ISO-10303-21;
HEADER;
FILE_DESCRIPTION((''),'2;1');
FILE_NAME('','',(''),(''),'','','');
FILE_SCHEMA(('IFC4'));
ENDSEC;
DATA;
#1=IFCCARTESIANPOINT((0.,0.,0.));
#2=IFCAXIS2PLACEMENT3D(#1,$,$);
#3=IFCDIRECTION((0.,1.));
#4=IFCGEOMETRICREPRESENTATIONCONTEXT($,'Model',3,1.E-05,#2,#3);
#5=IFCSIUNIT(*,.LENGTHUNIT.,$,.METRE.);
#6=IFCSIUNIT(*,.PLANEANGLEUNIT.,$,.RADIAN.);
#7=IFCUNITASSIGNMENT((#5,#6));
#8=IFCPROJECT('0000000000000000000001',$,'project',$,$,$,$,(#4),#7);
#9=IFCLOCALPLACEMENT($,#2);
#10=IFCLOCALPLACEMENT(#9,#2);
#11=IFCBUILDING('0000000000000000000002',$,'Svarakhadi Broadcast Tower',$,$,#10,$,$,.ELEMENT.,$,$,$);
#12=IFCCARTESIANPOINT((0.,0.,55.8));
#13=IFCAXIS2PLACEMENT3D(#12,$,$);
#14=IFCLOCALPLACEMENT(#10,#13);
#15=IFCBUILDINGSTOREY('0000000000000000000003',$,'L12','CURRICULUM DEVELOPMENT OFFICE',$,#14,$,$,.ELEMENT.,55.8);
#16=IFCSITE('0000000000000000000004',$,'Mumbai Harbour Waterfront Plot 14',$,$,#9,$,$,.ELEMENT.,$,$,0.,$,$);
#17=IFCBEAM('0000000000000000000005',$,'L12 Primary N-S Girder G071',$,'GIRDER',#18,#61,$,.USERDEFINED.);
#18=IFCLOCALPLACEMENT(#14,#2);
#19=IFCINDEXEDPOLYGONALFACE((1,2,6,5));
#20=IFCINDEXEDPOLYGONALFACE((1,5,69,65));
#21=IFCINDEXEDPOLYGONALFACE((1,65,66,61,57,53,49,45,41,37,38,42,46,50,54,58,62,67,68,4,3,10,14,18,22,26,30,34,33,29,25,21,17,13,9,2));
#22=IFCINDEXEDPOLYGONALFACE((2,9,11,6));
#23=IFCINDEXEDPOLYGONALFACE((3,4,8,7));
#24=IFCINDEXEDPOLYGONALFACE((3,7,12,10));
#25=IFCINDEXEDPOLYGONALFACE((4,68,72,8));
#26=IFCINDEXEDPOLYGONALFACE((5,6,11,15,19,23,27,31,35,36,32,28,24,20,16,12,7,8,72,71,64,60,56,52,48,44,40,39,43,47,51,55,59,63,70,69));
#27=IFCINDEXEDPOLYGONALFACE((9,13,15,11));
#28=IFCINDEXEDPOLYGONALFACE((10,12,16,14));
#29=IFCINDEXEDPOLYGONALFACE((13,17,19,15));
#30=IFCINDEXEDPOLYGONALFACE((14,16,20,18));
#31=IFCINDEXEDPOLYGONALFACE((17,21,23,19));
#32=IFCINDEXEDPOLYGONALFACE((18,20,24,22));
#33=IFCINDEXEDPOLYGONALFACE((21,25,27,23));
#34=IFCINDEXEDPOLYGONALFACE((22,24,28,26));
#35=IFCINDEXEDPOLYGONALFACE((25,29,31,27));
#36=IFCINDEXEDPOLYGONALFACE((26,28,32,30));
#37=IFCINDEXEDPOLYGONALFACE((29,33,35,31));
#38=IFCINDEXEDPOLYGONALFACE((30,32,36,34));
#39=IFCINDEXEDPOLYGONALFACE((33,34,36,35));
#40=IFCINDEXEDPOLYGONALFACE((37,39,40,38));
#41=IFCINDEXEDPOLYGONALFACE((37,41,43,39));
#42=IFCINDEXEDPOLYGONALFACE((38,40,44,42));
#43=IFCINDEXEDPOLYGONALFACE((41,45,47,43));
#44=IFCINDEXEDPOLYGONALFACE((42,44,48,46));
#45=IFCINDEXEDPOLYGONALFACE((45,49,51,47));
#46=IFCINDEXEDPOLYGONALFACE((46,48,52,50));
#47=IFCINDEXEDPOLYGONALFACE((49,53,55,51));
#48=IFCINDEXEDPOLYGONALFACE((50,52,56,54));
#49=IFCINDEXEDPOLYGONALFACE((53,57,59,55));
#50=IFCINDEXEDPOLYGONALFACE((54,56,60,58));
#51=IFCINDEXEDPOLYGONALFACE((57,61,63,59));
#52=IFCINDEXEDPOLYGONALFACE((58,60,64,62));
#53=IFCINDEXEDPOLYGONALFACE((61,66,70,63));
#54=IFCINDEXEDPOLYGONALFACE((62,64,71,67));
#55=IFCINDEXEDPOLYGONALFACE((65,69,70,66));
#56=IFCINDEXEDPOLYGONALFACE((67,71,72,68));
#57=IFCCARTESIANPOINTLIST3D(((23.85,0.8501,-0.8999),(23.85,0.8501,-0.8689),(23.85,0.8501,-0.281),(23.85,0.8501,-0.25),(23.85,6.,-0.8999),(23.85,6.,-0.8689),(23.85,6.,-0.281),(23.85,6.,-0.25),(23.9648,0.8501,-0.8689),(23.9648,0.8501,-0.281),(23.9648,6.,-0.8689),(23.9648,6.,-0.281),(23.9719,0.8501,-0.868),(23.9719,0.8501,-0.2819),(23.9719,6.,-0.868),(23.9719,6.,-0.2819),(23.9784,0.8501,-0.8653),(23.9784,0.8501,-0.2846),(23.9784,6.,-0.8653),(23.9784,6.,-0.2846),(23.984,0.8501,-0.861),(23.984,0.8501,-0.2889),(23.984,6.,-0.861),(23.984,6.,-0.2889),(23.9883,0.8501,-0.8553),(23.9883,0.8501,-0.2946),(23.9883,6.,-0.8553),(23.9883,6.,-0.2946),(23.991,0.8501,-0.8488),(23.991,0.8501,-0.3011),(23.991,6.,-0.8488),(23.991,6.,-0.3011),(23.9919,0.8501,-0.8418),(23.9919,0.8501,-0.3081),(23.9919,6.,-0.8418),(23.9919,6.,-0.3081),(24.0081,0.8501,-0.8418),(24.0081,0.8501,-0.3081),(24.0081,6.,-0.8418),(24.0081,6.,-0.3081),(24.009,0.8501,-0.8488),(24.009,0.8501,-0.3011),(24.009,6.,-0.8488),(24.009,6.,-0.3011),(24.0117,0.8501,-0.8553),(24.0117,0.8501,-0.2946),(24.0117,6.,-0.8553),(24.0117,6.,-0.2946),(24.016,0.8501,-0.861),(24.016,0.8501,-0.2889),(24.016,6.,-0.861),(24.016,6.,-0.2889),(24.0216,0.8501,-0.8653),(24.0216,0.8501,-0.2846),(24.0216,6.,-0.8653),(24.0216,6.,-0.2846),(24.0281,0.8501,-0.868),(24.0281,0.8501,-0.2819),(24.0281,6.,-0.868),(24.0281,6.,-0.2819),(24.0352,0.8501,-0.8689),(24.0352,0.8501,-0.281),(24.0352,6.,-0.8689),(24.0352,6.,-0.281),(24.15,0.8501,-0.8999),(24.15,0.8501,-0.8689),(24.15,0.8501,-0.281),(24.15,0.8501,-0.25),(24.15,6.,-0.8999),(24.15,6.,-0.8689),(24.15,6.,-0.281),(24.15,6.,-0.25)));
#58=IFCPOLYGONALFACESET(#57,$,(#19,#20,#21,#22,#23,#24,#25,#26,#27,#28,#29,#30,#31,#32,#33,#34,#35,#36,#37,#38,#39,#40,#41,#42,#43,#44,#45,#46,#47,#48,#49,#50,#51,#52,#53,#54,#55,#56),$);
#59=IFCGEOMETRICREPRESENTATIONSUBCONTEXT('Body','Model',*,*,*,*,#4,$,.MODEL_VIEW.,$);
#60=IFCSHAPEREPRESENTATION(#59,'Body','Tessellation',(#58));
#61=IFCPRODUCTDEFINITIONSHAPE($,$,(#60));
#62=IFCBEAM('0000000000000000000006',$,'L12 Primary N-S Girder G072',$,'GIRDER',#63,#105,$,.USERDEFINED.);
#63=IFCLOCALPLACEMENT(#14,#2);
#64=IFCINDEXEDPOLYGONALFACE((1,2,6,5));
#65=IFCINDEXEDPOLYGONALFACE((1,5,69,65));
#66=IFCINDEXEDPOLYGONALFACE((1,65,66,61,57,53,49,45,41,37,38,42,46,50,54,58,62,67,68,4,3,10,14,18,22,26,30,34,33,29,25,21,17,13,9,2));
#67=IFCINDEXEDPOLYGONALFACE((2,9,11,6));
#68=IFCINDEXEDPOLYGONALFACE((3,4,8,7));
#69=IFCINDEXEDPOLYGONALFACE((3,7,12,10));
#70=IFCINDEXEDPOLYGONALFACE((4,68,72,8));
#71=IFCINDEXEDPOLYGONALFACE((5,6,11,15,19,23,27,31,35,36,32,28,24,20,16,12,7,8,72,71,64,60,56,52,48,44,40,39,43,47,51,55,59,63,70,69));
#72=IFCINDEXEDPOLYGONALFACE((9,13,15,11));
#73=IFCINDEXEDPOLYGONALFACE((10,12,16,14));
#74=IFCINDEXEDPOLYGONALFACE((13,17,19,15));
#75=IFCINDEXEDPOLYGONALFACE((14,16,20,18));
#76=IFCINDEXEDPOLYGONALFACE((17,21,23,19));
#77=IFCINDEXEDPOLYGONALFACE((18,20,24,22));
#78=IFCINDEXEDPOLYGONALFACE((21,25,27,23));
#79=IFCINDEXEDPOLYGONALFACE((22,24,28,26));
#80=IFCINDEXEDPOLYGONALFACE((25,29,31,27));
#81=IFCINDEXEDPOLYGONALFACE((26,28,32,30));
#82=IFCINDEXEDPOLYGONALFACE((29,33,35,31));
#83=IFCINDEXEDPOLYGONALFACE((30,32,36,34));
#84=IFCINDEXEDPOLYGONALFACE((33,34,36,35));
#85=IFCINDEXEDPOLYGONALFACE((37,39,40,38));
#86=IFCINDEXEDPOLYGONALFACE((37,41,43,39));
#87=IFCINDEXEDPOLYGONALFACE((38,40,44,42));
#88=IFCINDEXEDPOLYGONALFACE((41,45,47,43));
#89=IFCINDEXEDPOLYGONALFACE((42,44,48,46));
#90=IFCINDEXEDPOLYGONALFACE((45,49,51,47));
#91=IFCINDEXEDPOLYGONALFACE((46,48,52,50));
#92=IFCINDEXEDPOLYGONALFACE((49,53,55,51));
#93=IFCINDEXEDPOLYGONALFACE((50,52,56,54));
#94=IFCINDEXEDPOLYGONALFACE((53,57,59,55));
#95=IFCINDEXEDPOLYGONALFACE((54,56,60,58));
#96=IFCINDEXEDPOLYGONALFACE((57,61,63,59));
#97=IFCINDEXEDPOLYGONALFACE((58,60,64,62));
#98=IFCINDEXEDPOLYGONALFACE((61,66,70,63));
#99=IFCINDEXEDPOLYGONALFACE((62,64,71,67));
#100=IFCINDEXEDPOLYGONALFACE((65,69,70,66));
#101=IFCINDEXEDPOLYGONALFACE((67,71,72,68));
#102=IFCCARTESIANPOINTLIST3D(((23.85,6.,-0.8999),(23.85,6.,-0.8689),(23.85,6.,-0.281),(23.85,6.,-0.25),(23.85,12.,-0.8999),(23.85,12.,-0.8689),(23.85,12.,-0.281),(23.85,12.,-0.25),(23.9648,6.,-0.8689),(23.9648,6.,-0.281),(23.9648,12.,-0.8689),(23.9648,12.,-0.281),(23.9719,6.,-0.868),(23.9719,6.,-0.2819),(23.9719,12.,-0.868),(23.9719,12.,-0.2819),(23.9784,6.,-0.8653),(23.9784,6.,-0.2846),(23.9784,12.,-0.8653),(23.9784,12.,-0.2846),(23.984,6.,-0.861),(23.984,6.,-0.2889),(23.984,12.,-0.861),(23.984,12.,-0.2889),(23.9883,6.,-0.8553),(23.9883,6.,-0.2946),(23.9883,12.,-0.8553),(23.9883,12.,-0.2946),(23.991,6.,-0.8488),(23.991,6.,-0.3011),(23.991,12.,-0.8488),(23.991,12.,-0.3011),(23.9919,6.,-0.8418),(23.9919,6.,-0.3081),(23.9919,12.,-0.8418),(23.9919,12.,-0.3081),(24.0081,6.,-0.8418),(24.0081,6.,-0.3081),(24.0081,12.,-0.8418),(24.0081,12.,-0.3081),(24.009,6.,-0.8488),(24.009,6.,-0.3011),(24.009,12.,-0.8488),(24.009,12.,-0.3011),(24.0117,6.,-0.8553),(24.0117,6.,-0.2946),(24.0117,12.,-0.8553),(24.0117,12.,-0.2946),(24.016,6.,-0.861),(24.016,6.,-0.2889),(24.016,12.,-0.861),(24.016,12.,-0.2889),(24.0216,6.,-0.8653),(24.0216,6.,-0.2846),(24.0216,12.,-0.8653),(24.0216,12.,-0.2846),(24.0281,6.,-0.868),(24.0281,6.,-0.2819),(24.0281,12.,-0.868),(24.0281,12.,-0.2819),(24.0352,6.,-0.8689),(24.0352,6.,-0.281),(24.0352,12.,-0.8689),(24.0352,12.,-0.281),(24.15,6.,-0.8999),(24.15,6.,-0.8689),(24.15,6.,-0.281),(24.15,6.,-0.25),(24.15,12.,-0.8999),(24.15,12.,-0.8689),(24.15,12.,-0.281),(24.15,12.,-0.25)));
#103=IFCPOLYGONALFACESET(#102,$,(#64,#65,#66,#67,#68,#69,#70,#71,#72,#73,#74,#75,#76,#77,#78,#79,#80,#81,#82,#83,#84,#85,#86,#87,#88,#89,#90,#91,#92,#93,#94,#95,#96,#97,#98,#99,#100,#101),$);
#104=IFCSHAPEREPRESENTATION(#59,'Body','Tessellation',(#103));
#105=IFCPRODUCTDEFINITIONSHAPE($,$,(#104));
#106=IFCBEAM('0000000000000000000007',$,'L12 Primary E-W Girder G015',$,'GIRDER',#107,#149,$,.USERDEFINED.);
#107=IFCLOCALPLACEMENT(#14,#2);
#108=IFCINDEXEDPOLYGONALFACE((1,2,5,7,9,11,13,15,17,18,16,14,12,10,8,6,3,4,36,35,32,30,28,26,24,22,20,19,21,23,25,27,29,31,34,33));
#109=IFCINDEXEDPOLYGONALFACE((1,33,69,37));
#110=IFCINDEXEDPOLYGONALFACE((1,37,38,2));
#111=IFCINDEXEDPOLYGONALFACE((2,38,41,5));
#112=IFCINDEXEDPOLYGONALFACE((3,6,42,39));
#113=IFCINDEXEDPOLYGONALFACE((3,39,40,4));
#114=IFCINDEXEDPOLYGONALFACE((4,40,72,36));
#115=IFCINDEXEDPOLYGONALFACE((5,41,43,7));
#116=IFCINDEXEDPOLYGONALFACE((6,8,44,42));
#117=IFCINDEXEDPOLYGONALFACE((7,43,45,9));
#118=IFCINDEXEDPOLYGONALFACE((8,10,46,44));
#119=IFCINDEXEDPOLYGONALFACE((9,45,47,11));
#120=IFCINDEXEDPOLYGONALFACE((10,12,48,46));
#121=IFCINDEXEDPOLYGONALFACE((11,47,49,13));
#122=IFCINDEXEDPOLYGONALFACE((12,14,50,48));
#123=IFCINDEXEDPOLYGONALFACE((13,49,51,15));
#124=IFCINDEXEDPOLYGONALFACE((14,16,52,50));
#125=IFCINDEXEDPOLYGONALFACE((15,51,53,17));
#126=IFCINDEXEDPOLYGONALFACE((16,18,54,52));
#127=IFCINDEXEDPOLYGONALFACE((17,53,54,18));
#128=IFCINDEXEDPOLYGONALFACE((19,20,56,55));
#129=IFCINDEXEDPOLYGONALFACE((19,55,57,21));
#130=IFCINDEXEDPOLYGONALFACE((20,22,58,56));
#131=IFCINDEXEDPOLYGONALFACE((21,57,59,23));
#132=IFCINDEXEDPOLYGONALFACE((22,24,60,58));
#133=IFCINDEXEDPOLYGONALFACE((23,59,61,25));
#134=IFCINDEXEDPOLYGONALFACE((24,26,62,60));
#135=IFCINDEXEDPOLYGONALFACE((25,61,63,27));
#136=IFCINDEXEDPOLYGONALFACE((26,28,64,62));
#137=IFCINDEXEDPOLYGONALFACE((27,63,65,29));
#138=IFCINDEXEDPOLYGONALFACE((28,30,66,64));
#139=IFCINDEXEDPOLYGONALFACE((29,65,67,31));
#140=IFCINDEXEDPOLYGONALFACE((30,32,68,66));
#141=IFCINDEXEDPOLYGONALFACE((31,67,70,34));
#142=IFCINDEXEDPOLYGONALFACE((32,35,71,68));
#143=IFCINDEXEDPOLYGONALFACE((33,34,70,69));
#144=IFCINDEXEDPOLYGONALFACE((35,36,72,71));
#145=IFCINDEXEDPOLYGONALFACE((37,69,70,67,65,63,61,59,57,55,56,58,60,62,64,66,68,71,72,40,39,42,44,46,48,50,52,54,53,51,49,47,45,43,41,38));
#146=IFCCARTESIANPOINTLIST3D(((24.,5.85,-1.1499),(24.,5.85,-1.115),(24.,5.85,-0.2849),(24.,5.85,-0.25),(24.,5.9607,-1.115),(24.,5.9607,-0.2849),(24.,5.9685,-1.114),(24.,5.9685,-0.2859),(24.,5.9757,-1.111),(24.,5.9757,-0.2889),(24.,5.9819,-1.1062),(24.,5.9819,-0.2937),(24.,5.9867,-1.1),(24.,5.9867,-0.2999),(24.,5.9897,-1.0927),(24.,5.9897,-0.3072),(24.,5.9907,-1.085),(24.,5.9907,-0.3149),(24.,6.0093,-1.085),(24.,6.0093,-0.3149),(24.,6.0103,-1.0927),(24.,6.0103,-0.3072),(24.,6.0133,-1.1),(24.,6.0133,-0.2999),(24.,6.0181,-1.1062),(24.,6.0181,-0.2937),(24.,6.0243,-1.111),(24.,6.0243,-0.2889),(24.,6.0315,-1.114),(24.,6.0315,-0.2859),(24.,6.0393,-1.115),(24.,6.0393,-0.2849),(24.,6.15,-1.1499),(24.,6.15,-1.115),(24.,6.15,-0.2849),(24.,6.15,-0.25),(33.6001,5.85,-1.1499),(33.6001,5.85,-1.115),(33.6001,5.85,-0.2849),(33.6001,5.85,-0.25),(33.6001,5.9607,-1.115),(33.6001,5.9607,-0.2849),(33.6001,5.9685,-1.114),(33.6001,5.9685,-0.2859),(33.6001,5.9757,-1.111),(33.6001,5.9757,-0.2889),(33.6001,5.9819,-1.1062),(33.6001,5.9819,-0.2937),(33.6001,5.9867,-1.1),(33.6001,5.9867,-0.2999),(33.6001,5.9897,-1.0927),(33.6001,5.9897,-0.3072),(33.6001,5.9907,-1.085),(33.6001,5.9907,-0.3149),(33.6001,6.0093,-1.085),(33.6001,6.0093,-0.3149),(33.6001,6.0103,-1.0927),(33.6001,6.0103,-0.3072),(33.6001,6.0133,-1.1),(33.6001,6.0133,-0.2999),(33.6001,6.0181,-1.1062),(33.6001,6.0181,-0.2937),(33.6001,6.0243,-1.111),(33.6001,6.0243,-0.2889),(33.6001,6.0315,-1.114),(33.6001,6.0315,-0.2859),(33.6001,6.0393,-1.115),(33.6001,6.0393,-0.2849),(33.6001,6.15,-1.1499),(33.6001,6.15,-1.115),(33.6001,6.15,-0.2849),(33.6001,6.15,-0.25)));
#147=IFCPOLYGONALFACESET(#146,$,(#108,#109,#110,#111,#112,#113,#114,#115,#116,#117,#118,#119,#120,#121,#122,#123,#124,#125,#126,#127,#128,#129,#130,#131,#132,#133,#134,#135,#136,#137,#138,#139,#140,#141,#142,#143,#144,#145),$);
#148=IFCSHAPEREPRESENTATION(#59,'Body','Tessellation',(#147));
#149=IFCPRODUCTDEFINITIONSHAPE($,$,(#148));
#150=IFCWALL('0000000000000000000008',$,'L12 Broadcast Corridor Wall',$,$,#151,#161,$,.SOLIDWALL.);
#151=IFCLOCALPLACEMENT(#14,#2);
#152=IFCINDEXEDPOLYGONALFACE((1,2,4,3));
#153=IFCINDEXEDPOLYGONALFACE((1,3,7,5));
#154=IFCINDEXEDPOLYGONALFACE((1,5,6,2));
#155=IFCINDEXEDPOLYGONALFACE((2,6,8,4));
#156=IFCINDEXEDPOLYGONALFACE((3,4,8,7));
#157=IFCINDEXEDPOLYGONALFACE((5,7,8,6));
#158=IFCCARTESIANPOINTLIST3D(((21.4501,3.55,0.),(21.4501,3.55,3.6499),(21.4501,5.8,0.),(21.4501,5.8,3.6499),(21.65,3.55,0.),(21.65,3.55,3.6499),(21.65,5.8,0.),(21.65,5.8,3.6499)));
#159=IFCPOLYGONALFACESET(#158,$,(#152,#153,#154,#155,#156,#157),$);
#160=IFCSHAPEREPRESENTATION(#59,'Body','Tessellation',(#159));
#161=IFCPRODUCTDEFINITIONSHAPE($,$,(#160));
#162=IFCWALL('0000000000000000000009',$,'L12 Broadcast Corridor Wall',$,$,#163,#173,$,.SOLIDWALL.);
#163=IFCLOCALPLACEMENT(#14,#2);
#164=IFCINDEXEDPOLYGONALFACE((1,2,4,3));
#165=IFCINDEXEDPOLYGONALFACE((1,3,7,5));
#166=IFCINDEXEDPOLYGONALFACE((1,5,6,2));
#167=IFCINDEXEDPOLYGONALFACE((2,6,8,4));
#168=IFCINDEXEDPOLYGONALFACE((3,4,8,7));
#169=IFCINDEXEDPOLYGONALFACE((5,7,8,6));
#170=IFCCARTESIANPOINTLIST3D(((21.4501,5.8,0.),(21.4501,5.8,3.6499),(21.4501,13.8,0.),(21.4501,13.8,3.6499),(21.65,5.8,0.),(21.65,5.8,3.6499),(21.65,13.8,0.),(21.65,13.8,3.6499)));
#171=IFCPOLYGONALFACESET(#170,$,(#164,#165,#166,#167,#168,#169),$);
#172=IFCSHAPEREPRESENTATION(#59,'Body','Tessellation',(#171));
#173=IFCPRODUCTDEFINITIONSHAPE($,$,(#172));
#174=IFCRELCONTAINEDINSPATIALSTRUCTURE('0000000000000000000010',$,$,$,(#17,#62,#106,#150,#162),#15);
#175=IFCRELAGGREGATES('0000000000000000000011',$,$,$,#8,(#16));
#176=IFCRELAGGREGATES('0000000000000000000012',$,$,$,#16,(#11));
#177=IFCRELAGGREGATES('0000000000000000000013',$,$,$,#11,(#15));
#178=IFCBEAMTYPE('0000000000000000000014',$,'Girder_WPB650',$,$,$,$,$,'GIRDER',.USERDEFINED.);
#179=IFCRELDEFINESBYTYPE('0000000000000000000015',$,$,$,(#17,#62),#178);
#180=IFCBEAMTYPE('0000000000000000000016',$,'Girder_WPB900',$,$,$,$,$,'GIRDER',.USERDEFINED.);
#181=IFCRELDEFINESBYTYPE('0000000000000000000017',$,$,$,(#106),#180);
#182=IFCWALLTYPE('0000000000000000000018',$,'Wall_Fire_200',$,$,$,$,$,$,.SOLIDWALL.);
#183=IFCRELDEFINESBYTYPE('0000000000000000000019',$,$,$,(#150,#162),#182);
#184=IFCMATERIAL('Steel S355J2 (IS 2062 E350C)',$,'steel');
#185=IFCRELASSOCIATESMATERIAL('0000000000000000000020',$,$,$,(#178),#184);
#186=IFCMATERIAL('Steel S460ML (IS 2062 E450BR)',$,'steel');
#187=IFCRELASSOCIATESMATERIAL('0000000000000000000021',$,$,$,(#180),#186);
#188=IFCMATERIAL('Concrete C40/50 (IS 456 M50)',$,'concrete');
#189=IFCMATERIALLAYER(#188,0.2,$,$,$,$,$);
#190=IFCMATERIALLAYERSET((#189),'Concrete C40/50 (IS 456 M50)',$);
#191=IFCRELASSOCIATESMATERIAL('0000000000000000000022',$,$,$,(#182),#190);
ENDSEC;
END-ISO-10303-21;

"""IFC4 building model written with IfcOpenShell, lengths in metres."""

from ifc_helpers import new_model, si_unit, direction, frame, frame_2d, origin, origin_2d, place, context, subcontext, project, spatial, rectangle, i_section, extrude, material, layer, layer_set, material_profile, profile_set, type_object, element, save


model = new_model("IFC4")

# Units and contexts
model_context = context("Model", 3, precision=1e-05, world=origin(), true_north=direction((0.0, 1.0)))
body_context = subcontext(model_context, "Body", "Model", "MODEL_VIEW")
ifc_project = project(units=[si_unit("LENGTHUNIT", "METRE"), si_unit("PLANEANGLEUNIT", "RADIAN")], contexts=[model_context])

# Site, building, storey
site_placement = place(None, origin())
site = spatial("IfcSite", under=ifc_project, at=site_placement, Name="Mumbai Harbour Waterfront Plot 14", CompositionType="ELEMENT", RefElevation=0.0)
building_placement = place(site_placement, origin())
building = spatial("IfcBuilding", under=site, at=building_placement, Name="Svarakhadi Broadcast Tower", CompositionType="ELEMENT")
storey_placement = place(building_placement, frame((0.0, 0.0, 55.8)))
storey = spatial("IfcBuildingStorey", under=building, at=storey_placement, Name="L12", Description="CURRICULUM DEVELOPMENT OFFICE", CompositionType="ELEMENT", Elevation=55.8)

# Beams
ifc_material_1 = material(Name="Steel S355J2 (IS 2062 E350C)", Category="steel")
ifc_material_profile_1 = material_profile(ifc_material_1, i_section(OverallWidth=0.3, OverallDepth=0.6499, WebThickness=0.0161, FlangeThickness=0.031, FilletRadius=0.0271, at=origin_2d()), Name="WPB 650x300x225")
ifc_profile_set_1 = profile_set([ifc_material_profile_1], Name="Steel S355J2 (IS 2062 E350C)")
beam_type_1 = type_object("IfcBeamType", Name="Girder_WPB650", ElementType="GIRDER", PredefinedType="USERDEFINED", material=ifc_profile_set_1)
beam_1_placement = place(storey_placement, frame((24.0, 0.8501, -0.575), z_axis=(0.0, 1.0, 0.0), x_axis=(-1.0, 0.0, 0.0)))
element("IfcBeam", 1, at=beam_1_placement, inside=storey, type_object=beam_type_1, Name="L12 Primary N-S Girder G071", ObjectType="GIRDER", PredefinedType="USERDEFINED", context=body_context, shape_type="SweptSolid", body=[
    extrude(i_section(OverallWidth=0.3, OverallDepth=0.6499, WebThickness=0.0161, FlangeThickness=0.031, FilletRadius=0.0271, at=origin_2d()), origin(), (0.0, 0.0, 1.0), 5.1499),
])
beam_2_placement = place(storey_placement, frame((24.0, 6.0, -0.575), z_axis=(0.0, 1.0, 0.0), x_axis=(-1.0, 0.0, 0.0)))
element("IfcBeam", 2, at=beam_2_placement, inside=storey, type_object=beam_type_1, Name="L12 Primary N-S Girder G072", ObjectType="GIRDER", PredefinedType="USERDEFINED", context=body_context, shape_type="SweptSolid", body=[
    extrude(i_section(OverallWidth=0.3, OverallDepth=0.6499, WebThickness=0.0161, FlangeThickness=0.031, FilletRadius=0.0271, at=origin_2d()), origin(), (0.0, 0.0, 1.0), 6.0),
])
ifc_material_2 = material(Name="Steel S460ML (IS 2062 E450BR)", Category="steel")
ifc_material_profile_2 = material_profile(ifc_material_2, i_section(OverallWidth=0.3, OverallDepth=0.8999, WebThickness=0.0186, FlangeThickness=0.0349, FilletRadius=0.03, at=origin_2d()), Name="WPB 900x300x291")
ifc_profile_set_2 = profile_set([ifc_material_profile_2], Name="Steel S460ML (IS 2062 E450BR)")
beam_type_2 = type_object("IfcBeamType", Name="Girder_WPB900", ElementType="GIRDER", PredefinedType="USERDEFINED", material=ifc_profile_set_2)
beam_3_placement = place(storey_placement, frame((24.0, 6.0, -0.7), z_axis=(1.0, 0.0, 0.0), x_axis=(0.0, 1.0, 0.0)))
element("IfcBeam", 3, at=beam_3_placement, inside=storey, type_object=beam_type_2, Name="L12 Primary E-W Girder G015", ObjectType="GIRDER", PredefinedType="USERDEFINED", context=body_context, shape_type="SweptSolid", body=[
    extrude(i_section(OverallWidth=0.3, OverallDepth=0.8999, WebThickness=0.0186, FlangeThickness=0.0349, FilletRadius=0.03, at=origin_2d()), origin(), (0.0, 0.0, 1.0), 9.6001),
])

# Walls
ifc_material_3 = material(Name="Concrete C40/50 (IS 456 M50)", Category="concrete")
ifc_layer_1 = layer(ifc_material_3, 0.2)
ifc_layer_set_1 = layer_set([ifc_layer_1], Name="Concrete C40/50 (IS 456 M50)")
wall_type_1 = type_object("IfcWallType", Name="Wall_Fire_200", PredefinedType="SOLIDWALL", material=ifc_layer_set_1)
wall_1_placement = place(storey_placement, frame((21.55, 3.55, 0.0), z_axis=(0.0, 0.0, 1.0), x_axis=(0.0, 1.0, 0.0)))
element("IfcWall", 4, at=wall_1_placement, inside=storey, type_object=wall_type_1, Name="L12 Broadcast Corridor Wall", PredefinedType="SOLIDWALL", context=body_context, shape_type="SweptSolid", body=[
    extrude(rectangle(XDim=2.25, YDim=0.2, at=frame_2d((1.125, 0.0))), origin(), (0.0, 0.0, 1.0), 3.6499),
])
wall_2_placement = place(storey_placement, frame((21.55, 5.8, 0.0), z_axis=(0.0, 0.0, 1.0), x_axis=(0.0, 1.0, 0.0)))
element("IfcWall", 5, at=wall_2_placement, inside=storey, type_object=wall_type_1, Name="L12 Broadcast Corridor Wall", PredefinedType="SOLIDWALL", context=body_context, shape_type="SweptSolid", body=[
    extrude(rectangle(XDim=8.0, YDim=0.2, at=frame_2d((4.0, 0.0))), origin(), (0.0, 0.0, 1.0), 3.6499),
])

save(model, "model.ifc")
